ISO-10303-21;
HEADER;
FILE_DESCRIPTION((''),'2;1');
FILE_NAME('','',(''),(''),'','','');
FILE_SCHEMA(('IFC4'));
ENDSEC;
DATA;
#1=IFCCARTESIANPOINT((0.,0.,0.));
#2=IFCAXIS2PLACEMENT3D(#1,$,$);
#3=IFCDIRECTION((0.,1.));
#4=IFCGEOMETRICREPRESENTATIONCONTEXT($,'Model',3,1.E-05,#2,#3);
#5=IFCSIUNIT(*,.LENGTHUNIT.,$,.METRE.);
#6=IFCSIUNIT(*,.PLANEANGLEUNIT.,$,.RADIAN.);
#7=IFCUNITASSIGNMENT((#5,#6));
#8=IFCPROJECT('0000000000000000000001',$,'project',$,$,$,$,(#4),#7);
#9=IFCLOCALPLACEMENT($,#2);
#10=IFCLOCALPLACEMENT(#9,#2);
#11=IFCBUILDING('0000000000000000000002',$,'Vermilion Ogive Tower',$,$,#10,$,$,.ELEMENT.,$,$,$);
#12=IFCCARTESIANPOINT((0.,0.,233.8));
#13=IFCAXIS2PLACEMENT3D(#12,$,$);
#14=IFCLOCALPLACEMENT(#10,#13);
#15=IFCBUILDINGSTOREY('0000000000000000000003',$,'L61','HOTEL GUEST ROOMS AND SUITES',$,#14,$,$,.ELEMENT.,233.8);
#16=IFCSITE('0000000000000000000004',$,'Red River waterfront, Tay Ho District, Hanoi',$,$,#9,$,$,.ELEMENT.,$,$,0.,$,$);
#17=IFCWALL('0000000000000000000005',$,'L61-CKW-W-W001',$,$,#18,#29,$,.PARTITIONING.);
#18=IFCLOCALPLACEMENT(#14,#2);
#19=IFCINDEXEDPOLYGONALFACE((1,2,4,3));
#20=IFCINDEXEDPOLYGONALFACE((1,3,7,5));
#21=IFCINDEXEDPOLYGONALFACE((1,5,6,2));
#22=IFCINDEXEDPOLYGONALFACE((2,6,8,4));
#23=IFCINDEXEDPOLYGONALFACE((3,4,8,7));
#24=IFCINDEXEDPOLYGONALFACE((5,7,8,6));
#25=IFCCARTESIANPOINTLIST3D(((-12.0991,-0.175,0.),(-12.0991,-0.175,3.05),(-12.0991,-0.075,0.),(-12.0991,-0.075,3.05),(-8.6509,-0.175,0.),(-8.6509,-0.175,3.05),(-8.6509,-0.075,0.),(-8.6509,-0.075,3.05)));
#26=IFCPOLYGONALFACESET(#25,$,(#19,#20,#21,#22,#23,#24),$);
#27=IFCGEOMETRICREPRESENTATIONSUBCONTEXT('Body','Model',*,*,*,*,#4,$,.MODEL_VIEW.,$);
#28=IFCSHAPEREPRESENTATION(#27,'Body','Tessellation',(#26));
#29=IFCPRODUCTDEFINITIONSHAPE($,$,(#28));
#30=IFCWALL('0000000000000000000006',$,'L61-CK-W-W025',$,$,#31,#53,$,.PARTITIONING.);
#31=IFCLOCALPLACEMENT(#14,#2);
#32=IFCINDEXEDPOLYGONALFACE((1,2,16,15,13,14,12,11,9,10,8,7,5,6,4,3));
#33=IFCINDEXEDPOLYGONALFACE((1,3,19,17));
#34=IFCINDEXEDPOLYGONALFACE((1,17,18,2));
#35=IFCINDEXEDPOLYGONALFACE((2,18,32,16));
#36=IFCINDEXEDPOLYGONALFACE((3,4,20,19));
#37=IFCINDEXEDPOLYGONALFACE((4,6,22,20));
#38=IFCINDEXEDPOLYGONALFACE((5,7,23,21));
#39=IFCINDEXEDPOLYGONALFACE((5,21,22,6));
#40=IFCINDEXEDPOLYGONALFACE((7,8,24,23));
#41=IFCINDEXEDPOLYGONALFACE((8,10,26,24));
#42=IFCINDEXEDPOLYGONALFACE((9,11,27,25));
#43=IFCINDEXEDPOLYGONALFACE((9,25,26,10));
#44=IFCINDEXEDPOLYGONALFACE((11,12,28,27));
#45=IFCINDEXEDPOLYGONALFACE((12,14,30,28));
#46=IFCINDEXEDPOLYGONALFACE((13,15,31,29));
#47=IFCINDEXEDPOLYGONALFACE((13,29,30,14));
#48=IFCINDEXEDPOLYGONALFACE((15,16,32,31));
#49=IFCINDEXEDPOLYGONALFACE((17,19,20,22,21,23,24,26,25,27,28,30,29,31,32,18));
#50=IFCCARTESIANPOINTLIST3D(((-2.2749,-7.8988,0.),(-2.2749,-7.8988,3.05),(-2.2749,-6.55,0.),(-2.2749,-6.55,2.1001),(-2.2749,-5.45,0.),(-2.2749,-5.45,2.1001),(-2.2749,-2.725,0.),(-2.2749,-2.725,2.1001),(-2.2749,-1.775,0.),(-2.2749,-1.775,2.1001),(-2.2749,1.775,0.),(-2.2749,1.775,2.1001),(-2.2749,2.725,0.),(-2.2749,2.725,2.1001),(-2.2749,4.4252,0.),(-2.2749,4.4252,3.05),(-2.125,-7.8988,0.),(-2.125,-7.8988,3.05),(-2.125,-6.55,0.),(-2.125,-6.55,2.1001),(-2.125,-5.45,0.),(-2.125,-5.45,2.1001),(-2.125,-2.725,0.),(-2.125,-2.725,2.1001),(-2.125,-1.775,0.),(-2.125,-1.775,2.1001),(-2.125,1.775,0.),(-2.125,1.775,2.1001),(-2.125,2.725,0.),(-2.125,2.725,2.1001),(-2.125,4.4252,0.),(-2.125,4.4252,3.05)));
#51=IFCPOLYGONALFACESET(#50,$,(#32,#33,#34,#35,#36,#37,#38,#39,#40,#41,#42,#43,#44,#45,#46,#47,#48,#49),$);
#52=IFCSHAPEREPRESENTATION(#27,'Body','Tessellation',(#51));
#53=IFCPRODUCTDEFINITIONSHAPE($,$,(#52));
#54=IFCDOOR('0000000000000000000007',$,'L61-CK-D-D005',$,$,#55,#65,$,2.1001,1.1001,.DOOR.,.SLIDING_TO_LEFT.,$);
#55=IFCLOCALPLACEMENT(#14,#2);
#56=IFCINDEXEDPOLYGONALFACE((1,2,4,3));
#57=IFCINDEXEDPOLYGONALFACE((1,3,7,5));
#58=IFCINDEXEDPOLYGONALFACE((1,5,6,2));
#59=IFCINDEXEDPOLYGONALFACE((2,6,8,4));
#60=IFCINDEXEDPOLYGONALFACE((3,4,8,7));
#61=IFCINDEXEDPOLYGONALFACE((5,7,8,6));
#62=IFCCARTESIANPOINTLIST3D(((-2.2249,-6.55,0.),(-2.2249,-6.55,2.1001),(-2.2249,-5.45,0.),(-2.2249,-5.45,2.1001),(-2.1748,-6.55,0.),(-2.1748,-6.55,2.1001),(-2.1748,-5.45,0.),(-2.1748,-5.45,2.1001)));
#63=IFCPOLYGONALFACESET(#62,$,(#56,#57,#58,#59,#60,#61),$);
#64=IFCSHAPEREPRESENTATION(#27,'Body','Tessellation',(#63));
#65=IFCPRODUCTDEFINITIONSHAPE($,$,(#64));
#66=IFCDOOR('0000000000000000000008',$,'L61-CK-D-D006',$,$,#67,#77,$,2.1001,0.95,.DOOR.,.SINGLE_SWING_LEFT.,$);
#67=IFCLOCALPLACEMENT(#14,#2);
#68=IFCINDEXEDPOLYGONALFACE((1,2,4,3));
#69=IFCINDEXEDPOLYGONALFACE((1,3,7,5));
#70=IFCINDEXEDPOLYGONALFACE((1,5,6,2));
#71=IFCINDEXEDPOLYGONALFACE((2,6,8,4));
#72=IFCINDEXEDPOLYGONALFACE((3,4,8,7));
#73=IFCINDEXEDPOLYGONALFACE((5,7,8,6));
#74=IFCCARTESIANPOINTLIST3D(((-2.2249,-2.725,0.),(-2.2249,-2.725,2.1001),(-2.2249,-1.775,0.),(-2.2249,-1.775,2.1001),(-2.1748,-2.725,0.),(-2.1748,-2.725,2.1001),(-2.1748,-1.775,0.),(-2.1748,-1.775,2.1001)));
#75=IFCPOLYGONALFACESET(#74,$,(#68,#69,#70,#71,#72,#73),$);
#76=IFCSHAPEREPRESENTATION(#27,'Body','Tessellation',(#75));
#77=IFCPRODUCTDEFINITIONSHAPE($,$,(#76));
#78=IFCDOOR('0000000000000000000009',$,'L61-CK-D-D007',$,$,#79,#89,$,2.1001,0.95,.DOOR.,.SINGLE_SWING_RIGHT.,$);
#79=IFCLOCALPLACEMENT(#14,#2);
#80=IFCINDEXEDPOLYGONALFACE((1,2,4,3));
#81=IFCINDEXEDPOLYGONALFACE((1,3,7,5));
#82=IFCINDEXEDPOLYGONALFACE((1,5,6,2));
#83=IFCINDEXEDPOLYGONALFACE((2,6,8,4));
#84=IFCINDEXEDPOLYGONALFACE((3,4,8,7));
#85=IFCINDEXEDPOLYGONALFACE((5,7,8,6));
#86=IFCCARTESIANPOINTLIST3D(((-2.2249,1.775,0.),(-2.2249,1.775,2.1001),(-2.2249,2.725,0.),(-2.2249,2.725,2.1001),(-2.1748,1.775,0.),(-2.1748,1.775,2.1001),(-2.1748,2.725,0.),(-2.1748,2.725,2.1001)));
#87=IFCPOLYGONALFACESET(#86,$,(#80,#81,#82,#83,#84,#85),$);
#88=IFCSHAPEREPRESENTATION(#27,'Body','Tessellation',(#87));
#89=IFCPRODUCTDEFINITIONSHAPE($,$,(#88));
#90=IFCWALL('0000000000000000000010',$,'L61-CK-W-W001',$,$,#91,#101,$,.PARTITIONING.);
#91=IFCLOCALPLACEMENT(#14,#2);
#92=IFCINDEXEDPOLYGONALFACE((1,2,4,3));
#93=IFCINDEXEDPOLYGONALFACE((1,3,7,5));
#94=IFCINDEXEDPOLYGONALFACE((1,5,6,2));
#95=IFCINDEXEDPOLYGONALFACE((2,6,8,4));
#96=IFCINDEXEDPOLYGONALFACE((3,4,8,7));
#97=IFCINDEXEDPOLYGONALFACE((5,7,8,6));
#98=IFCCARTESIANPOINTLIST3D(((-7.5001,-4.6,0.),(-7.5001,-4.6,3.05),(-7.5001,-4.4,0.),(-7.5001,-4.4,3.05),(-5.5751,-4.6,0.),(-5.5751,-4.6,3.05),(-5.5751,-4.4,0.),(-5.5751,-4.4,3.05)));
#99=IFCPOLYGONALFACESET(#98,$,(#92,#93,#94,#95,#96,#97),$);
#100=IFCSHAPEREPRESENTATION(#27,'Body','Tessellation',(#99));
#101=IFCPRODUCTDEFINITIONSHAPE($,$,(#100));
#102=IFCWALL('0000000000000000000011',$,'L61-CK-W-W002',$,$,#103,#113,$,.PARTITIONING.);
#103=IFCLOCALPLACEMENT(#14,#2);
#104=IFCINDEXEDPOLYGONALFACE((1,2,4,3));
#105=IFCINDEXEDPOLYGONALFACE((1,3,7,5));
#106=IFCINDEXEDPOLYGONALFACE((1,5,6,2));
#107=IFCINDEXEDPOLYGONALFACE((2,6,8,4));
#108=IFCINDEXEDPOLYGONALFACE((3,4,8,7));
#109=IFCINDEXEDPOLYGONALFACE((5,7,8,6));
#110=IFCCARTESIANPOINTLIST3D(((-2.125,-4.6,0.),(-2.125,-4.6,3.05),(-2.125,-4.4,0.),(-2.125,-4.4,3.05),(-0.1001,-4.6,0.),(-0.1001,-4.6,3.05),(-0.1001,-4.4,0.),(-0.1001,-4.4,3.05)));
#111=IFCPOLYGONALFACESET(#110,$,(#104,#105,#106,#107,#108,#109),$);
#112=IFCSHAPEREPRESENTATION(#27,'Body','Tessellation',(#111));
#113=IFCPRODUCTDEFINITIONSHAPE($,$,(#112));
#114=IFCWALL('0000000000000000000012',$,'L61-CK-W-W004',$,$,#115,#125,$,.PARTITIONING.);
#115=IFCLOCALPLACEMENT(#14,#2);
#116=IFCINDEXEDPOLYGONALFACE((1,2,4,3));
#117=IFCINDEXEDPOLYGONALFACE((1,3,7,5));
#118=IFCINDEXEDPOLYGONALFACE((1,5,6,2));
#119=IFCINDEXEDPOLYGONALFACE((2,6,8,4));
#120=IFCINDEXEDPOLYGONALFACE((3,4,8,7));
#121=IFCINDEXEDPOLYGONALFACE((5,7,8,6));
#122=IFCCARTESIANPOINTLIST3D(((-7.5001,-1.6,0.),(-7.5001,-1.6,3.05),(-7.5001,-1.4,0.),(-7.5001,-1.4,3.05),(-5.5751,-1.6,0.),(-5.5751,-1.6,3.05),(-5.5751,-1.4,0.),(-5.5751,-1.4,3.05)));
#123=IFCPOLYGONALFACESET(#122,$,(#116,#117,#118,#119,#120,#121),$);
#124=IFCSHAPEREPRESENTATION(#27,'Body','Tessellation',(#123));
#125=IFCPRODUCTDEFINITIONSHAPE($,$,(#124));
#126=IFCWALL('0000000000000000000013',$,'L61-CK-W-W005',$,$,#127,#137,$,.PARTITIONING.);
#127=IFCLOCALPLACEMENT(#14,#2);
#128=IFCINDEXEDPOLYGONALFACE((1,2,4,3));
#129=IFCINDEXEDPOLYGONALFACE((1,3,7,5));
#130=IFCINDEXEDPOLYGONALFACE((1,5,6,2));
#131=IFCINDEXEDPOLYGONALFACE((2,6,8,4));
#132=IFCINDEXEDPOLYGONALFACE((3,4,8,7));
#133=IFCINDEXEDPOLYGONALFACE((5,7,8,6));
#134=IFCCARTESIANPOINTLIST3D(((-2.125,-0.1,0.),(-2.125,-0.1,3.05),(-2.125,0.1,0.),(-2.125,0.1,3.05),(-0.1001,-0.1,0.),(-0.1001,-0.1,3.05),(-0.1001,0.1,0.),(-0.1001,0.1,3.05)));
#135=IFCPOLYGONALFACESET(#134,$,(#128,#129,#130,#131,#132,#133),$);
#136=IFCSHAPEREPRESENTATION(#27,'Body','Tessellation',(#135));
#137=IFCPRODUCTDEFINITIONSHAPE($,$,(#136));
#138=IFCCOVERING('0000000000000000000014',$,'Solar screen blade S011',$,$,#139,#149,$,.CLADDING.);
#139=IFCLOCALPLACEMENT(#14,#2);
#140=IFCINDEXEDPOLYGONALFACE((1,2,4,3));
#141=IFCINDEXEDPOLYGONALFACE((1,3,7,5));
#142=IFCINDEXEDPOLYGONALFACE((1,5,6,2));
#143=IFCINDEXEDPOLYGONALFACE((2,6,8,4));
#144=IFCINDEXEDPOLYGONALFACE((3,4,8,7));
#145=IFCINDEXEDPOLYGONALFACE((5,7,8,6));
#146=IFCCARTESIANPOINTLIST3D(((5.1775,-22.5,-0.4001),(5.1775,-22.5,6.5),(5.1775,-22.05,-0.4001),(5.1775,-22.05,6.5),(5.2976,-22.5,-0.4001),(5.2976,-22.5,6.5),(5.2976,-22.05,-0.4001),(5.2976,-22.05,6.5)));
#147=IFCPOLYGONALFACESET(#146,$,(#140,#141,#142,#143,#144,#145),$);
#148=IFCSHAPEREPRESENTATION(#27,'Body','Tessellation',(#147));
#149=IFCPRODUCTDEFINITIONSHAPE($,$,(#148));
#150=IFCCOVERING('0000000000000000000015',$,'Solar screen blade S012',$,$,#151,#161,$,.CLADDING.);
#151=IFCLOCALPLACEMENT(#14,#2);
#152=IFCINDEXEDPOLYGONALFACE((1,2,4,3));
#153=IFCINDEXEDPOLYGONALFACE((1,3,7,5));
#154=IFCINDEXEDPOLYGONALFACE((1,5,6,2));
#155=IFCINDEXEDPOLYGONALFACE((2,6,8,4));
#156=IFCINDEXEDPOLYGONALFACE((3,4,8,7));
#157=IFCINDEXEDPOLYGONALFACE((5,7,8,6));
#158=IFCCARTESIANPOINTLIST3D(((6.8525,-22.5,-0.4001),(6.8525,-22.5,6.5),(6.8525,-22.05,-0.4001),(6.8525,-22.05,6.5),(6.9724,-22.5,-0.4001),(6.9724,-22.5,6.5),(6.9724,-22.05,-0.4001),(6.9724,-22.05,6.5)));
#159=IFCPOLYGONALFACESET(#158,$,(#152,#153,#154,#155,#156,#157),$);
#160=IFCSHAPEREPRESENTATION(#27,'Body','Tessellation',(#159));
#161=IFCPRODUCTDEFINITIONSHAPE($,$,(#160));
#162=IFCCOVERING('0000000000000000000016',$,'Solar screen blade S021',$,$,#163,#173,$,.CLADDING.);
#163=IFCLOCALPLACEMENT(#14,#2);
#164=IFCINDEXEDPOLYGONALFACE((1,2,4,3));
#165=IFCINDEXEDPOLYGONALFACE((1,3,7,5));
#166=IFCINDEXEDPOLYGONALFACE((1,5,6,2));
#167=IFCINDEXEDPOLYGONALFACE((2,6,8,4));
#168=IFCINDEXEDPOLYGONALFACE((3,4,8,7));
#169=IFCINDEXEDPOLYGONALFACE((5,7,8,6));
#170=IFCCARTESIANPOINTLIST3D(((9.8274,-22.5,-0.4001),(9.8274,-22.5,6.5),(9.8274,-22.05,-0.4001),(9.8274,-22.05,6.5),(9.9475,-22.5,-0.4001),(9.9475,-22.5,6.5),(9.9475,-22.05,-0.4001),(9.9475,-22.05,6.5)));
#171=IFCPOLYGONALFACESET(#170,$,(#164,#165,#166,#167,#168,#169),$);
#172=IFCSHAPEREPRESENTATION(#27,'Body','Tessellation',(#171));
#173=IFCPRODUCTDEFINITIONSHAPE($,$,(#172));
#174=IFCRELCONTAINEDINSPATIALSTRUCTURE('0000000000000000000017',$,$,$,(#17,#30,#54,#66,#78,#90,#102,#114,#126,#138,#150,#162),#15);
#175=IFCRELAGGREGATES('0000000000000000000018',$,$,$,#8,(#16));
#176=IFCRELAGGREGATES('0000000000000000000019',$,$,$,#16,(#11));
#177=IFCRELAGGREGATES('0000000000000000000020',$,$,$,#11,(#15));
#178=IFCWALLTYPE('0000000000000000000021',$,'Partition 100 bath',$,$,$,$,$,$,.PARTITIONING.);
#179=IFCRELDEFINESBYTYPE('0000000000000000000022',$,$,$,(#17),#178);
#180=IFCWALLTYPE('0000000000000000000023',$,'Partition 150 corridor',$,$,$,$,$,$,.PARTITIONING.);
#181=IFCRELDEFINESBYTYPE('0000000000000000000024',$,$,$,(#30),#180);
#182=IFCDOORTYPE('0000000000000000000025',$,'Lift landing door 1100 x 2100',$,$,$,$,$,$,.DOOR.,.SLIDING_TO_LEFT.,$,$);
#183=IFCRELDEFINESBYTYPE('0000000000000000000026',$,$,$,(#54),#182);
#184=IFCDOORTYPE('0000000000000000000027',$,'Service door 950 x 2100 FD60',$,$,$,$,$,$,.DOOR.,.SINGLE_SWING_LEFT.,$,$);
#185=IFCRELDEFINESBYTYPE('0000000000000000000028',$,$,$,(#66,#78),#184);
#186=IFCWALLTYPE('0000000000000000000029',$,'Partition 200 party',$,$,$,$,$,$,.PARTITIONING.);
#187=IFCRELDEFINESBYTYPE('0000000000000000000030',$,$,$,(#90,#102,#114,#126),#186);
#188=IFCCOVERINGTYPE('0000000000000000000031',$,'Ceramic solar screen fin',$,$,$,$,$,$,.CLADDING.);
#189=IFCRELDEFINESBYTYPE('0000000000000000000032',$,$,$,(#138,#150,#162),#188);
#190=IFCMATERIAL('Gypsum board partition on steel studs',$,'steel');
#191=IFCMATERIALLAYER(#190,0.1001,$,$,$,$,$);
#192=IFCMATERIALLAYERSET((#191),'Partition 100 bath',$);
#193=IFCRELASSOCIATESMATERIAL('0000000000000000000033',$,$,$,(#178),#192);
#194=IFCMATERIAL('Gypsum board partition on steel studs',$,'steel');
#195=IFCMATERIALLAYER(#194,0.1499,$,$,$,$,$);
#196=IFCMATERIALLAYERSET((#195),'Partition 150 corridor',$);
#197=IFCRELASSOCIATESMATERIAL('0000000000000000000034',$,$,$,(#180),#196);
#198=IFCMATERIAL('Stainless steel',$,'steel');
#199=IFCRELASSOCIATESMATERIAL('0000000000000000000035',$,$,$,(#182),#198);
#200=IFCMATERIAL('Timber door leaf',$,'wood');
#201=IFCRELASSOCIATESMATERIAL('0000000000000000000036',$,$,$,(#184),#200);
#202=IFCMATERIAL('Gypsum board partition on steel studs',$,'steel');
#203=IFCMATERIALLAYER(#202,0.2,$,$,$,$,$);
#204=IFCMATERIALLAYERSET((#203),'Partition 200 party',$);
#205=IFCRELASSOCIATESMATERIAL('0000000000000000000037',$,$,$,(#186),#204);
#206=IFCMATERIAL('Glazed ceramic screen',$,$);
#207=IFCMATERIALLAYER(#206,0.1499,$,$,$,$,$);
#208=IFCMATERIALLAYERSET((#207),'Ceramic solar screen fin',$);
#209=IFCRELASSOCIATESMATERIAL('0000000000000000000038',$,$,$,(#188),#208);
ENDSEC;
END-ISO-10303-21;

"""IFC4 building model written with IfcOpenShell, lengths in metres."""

from ifc_helpers import new_model, si_unit, direction, frame, frame_2d, origin, place, context, subcontext, project, spatial, polyline, rectangle, outline, extrude, material, layer, layer_set, type_object, element, fill, save


model = new_model("IFC4")

# Units and contexts
model_context = context("Model", 3, precision=1e-05, world=origin(), true_north=direction((0.0, 1.0)))
body_context = subcontext(model_context, "Body", "Model", "MODEL_VIEW")
ifc_project = project(units=[si_unit("LENGTHUNIT", "METRE"), si_unit("PLANEANGLEUNIT", "RADIAN")], contexts=[model_context])

# Site, building, storey
site_placement = place(None, origin())
site = spatial("IfcSite", under=ifc_project, at=site_placement, Name="Red River waterfront, Tay Ho District, Hanoi", CompositionType="ELEMENT", RefElevation=0.0)
building_placement = place(site_placement, origin())
building = spatial("IfcBuilding", under=site, at=building_placement, Name="Vermilion Ogive Tower", CompositionType="ELEMENT")
storey_placement = place(building_placement, frame((0.0, 0.0, 233.8)))
storey = spatial("IfcBuildingStorey", under=building, at=storey_placement, Name="L61", Description="HOTEL GUEST ROOMS AND SUITES", CompositionType="ELEMENT", Elevation=233.8)

# Wall
ifc_material_1 = material(Name="Gypsum board partition on steel studs", Category="steel")
ifc_layer_1 = layer(ifc_material_1, 0.1001)
ifc_layer_set_1 = layer_set([ifc_layer_1], Name="Partition 100 bath")
wall_type_1 = type_object("IfcWallType", Name="Partition 100 bath", PredefinedType="PARTITIONING", material=ifc_layer_set_1)
wall_1_placement = place(storey_placement, frame((-12.0991, -0.125, 0.0), z_axis=(0.0, 0.0, 1.0), x_axis=(1.0, 0.0, 0.0)))
element("IfcWall", 1, at=wall_1_placement, inside=storey, type_object=wall_type_1, Name="L61-CKW-W-W001", PredefinedType="PARTITIONING", context=body_context, shape_type="SweptSolid", body=[
    extrude(rectangle(XDim=3.4482, YDim=0.1001, at=frame_2d((1.7241, 0.0))), origin(), (0.0, 0.0, 1.0), 3.05),
])

# Wall, openings, doors
ifc_material_2 = material(Name="Gypsum board partition on steel studs", Category="steel")
ifc_layer_2 = layer(ifc_material_2, 0.1499)
ifc_layer_set_2 = layer_set([ifc_layer_2], Name="Partition 150 corridor")
wall_type_2 = type_object("IfcWallType", Name="Partition 150 corridor", PredefinedType="PARTITIONING", material=ifc_layer_set_2)
wall_2_placement = place(storey_placement, frame((-2.2, -7.8989, 0.0), z_axis=(0.0, 0.0, 1.0), x_axis=(0.0, 1.0, 0.0)))
wall_2 = element("IfcWall", 2, at=wall_2_placement, inside=storey, type_object=wall_type_2, Name="L61-CK-W-W025", PredefinedType="PARTITIONING", context=body_context, shape_type="SweptSolid", body=[
    extrude(rectangle(XDim=12.324, YDim=0.1499, at=frame_2d((6.1621, 0.0))), origin(), (0.0, 0.0, 1.0), 3.05),
])
opening_1_placement = place(wall_2_placement, frame((1.3489, 0.0, 0.0)))
opening_1 = element("IfcOpeningElement", 3, at=opening_1_placement, cuts=wall_2, PredefinedType="OPENING", context=body_context, shape_type="SweptSolid", body=[
    extrude(rectangle(XDim=1.1001, YDim=2.1001, at=frame_2d((0.55, 1.05))), frame((0.0, 0.085, 0.0), z_axis=(0.0, -1.0, 0.0), x_axis=(1.0, 0.0, 0.0)), (0.0, 0.0, 1.0), 0.1699),
])
opening_2_placement = place(wall_2_placement, frame((5.1738, 0.0, 0.0)))
opening_2 = element("IfcOpeningElement", 4, at=opening_2_placement, cuts=wall_2, PredefinedType="OPENING", context=body_context, shape_type="SweptSolid", body=[
    extrude(rectangle(XDim=0.95, YDim=2.1001, at=frame_2d((0.4751, 1.05))), frame((0.0, 0.085, 0.0), z_axis=(0.0, -1.0, 0.0), x_axis=(1.0, 0.0, 0.0)), (0.0, 0.0, 1.0), 0.1699),
])
opening_3_placement = place(wall_2_placement, frame((9.6738, 0.0, 0.0)))
opening_3 = element("IfcOpeningElement", 5, at=opening_3_placement, cuts=wall_2, PredefinedType="OPENING", context=body_context, shape_type="SweptSolid", body=[
    extrude(rectangle(XDim=0.95, YDim=2.1001, at=frame_2d((0.4751, 1.05))), frame((0.0, 0.085, 0.0), z_axis=(0.0, -1.0, 0.0), x_axis=(1.0, 0.0, 0.0)), (0.0, 0.0, 1.0), 0.1699),
])
ifc_material_3 = material(Name="Stainless steel", Category="steel")
door_type_1 = type_object("IfcDoorType", Name="Lift landing door 1100 x 2100", OperationType="SLIDING_TO_LEFT", PredefinedType="DOOR", material=ifc_material_3)
door_1_placement = place(opening_1_placement, origin())
door_1 = element("IfcDoor", 6, at=door_1_placement, inside=storey, type_object=door_type_1, Name="L61-CK-D-D005", OperationType="SLIDING_TO_LEFT", OverallHeight=2.1001, OverallWidth=1.1001, PredefinedType="DOOR", context=body_context, shape_type="SweptSolid", body=[
    extrude(rectangle(XDim=1.1001, YDim=2.1001, at=frame_2d((0.55, 1.05))), frame((0.0, 0.0249, 0.0), z_axis=(0.0, -1.0, 0.0), x_axis=(1.0, 0.0, 0.0)), (0.0, 0.0, 1.0), 0.05),
])
fill(opening_1, door_1)
ifc_material_4 = material(Name="Timber door leaf", Category="wood")
door_type_2 = type_object("IfcDoorType", Name="Service door 950 x 2100 FD60", OperationType="SINGLE_SWING_LEFT", PredefinedType="DOOR", material=ifc_material_4)
door_2_placement = place(opening_2_placement, origin())
door_2 = element("IfcDoor", 7, at=door_2_placement, inside=storey, type_object=door_type_2, Name="L61-CK-D-D006", OperationType="SINGLE_SWING_LEFT", OverallHeight=2.1001, OverallWidth=0.95, PredefinedType="DOOR", context=body_context, shape_type="SweptSolid", body=[
    extrude(rectangle(XDim=0.95, YDim=2.1001, at=frame_2d((0.4751, 1.05))), frame((0.0, 0.0249, 0.0), z_axis=(0.0, -1.0, 0.0), x_axis=(1.0, 0.0, 0.0)), (0.0, 0.0, 1.0), 0.05),
])
fill(opening_2, door_2)
door_3_placement = place(opening_3_placement, origin())
door_3 = element("IfcDoor", 8, at=door_3_placement, inside=storey, type_object=door_type_2, Name="L61-CK-D-D007", OperationType="SINGLE_SWING_RIGHT", OverallHeight=2.1001, OverallWidth=0.95, PredefinedType="DOOR", context=body_context, shape_type="SweptSolid", body=[
    extrude(rectangle(XDim=0.95, YDim=2.1001, at=frame_2d((0.4751, 1.05))), frame((0.0, 0.0249, 0.0), z_axis=(0.0, -1.0, 0.0), x_axis=(1.0, 0.0, 0.0)), (0.0, 0.0, 1.0), 0.05),
])
fill(opening_3, door_3)

# Walls
ifc_material_5 = material(Name="Gypsum board partition on steel studs", Category="steel")
ifc_layer_3 = layer(ifc_material_5, 0.2)
ifc_layer_set_3 = layer_set([ifc_layer_3], Name="Partition 200 party")
wall_type_3 = type_object("IfcWallType", Name="Partition 200 party", PredefinedType="PARTITIONING", material=ifc_layer_set_3)
wall_3_placement = place(storey_placement, frame((-7.5, -4.5, 0.0), z_axis=(0.0, 0.0, 1.0), x_axis=(1.0, 0.0, 0.0)))
element("IfcWall", 9, at=wall_3_placement, inside=storey, type_object=wall_type_3, Name="L61-CK-W-W001", PredefinedType="PARTITIONING", context=body_context, shape_type="SweptSolid", body=[
    extrude(rectangle(XDim=1.925, YDim=0.2, at=frame_2d((0.9624, 0.0))), origin(), (0.0, 0.0, 1.0), 3.05),
])
wall_4_placement = place(storey_placement, frame((-2.125, -4.5, 0.0), z_axis=(0.0, 0.0, 1.0), x_axis=(1.0, 0.0, 0.0)))
element("IfcWall", 10, at=wall_4_placement, inside=storey, type_object=wall_type_3, Name="L61-CK-W-W002", PredefinedType="PARTITIONING", context=body_context, shape_type="SweptSolid", body=[
    extrude(rectangle(XDim=2.0249, YDim=0.2, at=frame_2d((1.0125, 0.0))), origin(), (0.0, 0.0, 1.0), 3.05),
])
wall_5_placement = place(storey_placement, frame((-7.5, -1.5, 0.0), z_axis=(0.0, 0.0, 1.0), x_axis=(1.0, 0.0, 0.0)))
element("IfcWall", 11, at=wall_5_placement, inside=storey, type_object=wall_type_3, Name="L61-CK-W-W004", PredefinedType="PARTITIONING", context=body_context, shape_type="SweptSolid", body=[
    extrude(rectangle(XDim=1.925, YDim=0.2, at=frame_2d((0.9624, 0.0))), origin(), (0.0, 0.0, 1.0), 3.05),
])
wall_6_placement = place(storey_placement, frame((-2.125, 0.0, 0.0), z_axis=(0.0, 0.0, 1.0), x_axis=(1.0, 0.0, 0.0)))
element("IfcWall", 12, at=wall_6_placement, inside=storey, type_object=wall_type_3, Name="L61-CK-W-W005", PredefinedType="PARTITIONING", context=body_context, shape_type="SweptSolid", body=[
    extrude(rectangle(XDim=2.0249, YDim=0.2, at=frame_2d((1.0125, 0.0))), origin(), (0.0, 0.0, 1.0), 3.05),
])

# Coverings
ifc_material_6 = material(Name="Glazed ceramic screen")
ifc_layer_4 = layer(ifc_material_6, 0.1499)
ifc_layer_set_4 = layer_set([ifc_layer_4], Name="Ceramic solar screen fin")
covering_type_1 = type_object("IfcCoveringType", Name="Ceramic solar screen fin", PredefinedType="CLADDING", material=ifc_layer_set_4)
covering_1_placement = place(storey_placement, frame((0.0, 0.0, -0.4001)))
element("IfcCovering", 13, at=covering_1_placement, inside=storey, type_object=covering_type_1, Name="Solar screen blade S011", PredefinedType="CLADDING", context=body_context, shape_type="SweptSolid", body=[
    extrude(outline(polyline([(5.1775, -22.5), (5.2976, -22.5), (5.2976, -22.05), (5.1775, -22.05), (5.1775, -22.5)])), origin(), (0.0, 0.0, 1.0), 6.9001),
])
covering_2_placement = place(storey_placement, frame((0.0, 0.0, -0.4001)))
element("IfcCovering", 14, at=covering_2_placement, inside=storey, type_object=covering_type_1, Name="Solar screen blade S012", PredefinedType="CLADDING", context=body_context, shape_type="SweptSolid", body=[
    extrude(outline(polyline([(6.8525, -22.5), (6.9724, -22.5), (6.9724, -22.05), (6.8525, -22.05), (6.8525, -22.5)])), origin(), (0.0, 0.0, 1.0), 6.9001),
])
covering_3_placement = place(storey_placement, frame((0.0, 0.0, -0.4001)))
element("IfcCovering", 15, at=covering_3_placement, inside=storey, type_object=covering_type_1, Name="Solar screen blade S021", PredefinedType="CLADDING", context=body_context, shape_type="SweptSolid", body=[
    extrude(outline(polyline([(9.8274, -22.5), (9.9475, -22.5), (9.9475, -22.05), (9.8274, -22.05), (9.8274, -22.5)])), origin(), (0.0, 0.0, 1.0), 6.9001),
])

save(model, "model.ifc")
